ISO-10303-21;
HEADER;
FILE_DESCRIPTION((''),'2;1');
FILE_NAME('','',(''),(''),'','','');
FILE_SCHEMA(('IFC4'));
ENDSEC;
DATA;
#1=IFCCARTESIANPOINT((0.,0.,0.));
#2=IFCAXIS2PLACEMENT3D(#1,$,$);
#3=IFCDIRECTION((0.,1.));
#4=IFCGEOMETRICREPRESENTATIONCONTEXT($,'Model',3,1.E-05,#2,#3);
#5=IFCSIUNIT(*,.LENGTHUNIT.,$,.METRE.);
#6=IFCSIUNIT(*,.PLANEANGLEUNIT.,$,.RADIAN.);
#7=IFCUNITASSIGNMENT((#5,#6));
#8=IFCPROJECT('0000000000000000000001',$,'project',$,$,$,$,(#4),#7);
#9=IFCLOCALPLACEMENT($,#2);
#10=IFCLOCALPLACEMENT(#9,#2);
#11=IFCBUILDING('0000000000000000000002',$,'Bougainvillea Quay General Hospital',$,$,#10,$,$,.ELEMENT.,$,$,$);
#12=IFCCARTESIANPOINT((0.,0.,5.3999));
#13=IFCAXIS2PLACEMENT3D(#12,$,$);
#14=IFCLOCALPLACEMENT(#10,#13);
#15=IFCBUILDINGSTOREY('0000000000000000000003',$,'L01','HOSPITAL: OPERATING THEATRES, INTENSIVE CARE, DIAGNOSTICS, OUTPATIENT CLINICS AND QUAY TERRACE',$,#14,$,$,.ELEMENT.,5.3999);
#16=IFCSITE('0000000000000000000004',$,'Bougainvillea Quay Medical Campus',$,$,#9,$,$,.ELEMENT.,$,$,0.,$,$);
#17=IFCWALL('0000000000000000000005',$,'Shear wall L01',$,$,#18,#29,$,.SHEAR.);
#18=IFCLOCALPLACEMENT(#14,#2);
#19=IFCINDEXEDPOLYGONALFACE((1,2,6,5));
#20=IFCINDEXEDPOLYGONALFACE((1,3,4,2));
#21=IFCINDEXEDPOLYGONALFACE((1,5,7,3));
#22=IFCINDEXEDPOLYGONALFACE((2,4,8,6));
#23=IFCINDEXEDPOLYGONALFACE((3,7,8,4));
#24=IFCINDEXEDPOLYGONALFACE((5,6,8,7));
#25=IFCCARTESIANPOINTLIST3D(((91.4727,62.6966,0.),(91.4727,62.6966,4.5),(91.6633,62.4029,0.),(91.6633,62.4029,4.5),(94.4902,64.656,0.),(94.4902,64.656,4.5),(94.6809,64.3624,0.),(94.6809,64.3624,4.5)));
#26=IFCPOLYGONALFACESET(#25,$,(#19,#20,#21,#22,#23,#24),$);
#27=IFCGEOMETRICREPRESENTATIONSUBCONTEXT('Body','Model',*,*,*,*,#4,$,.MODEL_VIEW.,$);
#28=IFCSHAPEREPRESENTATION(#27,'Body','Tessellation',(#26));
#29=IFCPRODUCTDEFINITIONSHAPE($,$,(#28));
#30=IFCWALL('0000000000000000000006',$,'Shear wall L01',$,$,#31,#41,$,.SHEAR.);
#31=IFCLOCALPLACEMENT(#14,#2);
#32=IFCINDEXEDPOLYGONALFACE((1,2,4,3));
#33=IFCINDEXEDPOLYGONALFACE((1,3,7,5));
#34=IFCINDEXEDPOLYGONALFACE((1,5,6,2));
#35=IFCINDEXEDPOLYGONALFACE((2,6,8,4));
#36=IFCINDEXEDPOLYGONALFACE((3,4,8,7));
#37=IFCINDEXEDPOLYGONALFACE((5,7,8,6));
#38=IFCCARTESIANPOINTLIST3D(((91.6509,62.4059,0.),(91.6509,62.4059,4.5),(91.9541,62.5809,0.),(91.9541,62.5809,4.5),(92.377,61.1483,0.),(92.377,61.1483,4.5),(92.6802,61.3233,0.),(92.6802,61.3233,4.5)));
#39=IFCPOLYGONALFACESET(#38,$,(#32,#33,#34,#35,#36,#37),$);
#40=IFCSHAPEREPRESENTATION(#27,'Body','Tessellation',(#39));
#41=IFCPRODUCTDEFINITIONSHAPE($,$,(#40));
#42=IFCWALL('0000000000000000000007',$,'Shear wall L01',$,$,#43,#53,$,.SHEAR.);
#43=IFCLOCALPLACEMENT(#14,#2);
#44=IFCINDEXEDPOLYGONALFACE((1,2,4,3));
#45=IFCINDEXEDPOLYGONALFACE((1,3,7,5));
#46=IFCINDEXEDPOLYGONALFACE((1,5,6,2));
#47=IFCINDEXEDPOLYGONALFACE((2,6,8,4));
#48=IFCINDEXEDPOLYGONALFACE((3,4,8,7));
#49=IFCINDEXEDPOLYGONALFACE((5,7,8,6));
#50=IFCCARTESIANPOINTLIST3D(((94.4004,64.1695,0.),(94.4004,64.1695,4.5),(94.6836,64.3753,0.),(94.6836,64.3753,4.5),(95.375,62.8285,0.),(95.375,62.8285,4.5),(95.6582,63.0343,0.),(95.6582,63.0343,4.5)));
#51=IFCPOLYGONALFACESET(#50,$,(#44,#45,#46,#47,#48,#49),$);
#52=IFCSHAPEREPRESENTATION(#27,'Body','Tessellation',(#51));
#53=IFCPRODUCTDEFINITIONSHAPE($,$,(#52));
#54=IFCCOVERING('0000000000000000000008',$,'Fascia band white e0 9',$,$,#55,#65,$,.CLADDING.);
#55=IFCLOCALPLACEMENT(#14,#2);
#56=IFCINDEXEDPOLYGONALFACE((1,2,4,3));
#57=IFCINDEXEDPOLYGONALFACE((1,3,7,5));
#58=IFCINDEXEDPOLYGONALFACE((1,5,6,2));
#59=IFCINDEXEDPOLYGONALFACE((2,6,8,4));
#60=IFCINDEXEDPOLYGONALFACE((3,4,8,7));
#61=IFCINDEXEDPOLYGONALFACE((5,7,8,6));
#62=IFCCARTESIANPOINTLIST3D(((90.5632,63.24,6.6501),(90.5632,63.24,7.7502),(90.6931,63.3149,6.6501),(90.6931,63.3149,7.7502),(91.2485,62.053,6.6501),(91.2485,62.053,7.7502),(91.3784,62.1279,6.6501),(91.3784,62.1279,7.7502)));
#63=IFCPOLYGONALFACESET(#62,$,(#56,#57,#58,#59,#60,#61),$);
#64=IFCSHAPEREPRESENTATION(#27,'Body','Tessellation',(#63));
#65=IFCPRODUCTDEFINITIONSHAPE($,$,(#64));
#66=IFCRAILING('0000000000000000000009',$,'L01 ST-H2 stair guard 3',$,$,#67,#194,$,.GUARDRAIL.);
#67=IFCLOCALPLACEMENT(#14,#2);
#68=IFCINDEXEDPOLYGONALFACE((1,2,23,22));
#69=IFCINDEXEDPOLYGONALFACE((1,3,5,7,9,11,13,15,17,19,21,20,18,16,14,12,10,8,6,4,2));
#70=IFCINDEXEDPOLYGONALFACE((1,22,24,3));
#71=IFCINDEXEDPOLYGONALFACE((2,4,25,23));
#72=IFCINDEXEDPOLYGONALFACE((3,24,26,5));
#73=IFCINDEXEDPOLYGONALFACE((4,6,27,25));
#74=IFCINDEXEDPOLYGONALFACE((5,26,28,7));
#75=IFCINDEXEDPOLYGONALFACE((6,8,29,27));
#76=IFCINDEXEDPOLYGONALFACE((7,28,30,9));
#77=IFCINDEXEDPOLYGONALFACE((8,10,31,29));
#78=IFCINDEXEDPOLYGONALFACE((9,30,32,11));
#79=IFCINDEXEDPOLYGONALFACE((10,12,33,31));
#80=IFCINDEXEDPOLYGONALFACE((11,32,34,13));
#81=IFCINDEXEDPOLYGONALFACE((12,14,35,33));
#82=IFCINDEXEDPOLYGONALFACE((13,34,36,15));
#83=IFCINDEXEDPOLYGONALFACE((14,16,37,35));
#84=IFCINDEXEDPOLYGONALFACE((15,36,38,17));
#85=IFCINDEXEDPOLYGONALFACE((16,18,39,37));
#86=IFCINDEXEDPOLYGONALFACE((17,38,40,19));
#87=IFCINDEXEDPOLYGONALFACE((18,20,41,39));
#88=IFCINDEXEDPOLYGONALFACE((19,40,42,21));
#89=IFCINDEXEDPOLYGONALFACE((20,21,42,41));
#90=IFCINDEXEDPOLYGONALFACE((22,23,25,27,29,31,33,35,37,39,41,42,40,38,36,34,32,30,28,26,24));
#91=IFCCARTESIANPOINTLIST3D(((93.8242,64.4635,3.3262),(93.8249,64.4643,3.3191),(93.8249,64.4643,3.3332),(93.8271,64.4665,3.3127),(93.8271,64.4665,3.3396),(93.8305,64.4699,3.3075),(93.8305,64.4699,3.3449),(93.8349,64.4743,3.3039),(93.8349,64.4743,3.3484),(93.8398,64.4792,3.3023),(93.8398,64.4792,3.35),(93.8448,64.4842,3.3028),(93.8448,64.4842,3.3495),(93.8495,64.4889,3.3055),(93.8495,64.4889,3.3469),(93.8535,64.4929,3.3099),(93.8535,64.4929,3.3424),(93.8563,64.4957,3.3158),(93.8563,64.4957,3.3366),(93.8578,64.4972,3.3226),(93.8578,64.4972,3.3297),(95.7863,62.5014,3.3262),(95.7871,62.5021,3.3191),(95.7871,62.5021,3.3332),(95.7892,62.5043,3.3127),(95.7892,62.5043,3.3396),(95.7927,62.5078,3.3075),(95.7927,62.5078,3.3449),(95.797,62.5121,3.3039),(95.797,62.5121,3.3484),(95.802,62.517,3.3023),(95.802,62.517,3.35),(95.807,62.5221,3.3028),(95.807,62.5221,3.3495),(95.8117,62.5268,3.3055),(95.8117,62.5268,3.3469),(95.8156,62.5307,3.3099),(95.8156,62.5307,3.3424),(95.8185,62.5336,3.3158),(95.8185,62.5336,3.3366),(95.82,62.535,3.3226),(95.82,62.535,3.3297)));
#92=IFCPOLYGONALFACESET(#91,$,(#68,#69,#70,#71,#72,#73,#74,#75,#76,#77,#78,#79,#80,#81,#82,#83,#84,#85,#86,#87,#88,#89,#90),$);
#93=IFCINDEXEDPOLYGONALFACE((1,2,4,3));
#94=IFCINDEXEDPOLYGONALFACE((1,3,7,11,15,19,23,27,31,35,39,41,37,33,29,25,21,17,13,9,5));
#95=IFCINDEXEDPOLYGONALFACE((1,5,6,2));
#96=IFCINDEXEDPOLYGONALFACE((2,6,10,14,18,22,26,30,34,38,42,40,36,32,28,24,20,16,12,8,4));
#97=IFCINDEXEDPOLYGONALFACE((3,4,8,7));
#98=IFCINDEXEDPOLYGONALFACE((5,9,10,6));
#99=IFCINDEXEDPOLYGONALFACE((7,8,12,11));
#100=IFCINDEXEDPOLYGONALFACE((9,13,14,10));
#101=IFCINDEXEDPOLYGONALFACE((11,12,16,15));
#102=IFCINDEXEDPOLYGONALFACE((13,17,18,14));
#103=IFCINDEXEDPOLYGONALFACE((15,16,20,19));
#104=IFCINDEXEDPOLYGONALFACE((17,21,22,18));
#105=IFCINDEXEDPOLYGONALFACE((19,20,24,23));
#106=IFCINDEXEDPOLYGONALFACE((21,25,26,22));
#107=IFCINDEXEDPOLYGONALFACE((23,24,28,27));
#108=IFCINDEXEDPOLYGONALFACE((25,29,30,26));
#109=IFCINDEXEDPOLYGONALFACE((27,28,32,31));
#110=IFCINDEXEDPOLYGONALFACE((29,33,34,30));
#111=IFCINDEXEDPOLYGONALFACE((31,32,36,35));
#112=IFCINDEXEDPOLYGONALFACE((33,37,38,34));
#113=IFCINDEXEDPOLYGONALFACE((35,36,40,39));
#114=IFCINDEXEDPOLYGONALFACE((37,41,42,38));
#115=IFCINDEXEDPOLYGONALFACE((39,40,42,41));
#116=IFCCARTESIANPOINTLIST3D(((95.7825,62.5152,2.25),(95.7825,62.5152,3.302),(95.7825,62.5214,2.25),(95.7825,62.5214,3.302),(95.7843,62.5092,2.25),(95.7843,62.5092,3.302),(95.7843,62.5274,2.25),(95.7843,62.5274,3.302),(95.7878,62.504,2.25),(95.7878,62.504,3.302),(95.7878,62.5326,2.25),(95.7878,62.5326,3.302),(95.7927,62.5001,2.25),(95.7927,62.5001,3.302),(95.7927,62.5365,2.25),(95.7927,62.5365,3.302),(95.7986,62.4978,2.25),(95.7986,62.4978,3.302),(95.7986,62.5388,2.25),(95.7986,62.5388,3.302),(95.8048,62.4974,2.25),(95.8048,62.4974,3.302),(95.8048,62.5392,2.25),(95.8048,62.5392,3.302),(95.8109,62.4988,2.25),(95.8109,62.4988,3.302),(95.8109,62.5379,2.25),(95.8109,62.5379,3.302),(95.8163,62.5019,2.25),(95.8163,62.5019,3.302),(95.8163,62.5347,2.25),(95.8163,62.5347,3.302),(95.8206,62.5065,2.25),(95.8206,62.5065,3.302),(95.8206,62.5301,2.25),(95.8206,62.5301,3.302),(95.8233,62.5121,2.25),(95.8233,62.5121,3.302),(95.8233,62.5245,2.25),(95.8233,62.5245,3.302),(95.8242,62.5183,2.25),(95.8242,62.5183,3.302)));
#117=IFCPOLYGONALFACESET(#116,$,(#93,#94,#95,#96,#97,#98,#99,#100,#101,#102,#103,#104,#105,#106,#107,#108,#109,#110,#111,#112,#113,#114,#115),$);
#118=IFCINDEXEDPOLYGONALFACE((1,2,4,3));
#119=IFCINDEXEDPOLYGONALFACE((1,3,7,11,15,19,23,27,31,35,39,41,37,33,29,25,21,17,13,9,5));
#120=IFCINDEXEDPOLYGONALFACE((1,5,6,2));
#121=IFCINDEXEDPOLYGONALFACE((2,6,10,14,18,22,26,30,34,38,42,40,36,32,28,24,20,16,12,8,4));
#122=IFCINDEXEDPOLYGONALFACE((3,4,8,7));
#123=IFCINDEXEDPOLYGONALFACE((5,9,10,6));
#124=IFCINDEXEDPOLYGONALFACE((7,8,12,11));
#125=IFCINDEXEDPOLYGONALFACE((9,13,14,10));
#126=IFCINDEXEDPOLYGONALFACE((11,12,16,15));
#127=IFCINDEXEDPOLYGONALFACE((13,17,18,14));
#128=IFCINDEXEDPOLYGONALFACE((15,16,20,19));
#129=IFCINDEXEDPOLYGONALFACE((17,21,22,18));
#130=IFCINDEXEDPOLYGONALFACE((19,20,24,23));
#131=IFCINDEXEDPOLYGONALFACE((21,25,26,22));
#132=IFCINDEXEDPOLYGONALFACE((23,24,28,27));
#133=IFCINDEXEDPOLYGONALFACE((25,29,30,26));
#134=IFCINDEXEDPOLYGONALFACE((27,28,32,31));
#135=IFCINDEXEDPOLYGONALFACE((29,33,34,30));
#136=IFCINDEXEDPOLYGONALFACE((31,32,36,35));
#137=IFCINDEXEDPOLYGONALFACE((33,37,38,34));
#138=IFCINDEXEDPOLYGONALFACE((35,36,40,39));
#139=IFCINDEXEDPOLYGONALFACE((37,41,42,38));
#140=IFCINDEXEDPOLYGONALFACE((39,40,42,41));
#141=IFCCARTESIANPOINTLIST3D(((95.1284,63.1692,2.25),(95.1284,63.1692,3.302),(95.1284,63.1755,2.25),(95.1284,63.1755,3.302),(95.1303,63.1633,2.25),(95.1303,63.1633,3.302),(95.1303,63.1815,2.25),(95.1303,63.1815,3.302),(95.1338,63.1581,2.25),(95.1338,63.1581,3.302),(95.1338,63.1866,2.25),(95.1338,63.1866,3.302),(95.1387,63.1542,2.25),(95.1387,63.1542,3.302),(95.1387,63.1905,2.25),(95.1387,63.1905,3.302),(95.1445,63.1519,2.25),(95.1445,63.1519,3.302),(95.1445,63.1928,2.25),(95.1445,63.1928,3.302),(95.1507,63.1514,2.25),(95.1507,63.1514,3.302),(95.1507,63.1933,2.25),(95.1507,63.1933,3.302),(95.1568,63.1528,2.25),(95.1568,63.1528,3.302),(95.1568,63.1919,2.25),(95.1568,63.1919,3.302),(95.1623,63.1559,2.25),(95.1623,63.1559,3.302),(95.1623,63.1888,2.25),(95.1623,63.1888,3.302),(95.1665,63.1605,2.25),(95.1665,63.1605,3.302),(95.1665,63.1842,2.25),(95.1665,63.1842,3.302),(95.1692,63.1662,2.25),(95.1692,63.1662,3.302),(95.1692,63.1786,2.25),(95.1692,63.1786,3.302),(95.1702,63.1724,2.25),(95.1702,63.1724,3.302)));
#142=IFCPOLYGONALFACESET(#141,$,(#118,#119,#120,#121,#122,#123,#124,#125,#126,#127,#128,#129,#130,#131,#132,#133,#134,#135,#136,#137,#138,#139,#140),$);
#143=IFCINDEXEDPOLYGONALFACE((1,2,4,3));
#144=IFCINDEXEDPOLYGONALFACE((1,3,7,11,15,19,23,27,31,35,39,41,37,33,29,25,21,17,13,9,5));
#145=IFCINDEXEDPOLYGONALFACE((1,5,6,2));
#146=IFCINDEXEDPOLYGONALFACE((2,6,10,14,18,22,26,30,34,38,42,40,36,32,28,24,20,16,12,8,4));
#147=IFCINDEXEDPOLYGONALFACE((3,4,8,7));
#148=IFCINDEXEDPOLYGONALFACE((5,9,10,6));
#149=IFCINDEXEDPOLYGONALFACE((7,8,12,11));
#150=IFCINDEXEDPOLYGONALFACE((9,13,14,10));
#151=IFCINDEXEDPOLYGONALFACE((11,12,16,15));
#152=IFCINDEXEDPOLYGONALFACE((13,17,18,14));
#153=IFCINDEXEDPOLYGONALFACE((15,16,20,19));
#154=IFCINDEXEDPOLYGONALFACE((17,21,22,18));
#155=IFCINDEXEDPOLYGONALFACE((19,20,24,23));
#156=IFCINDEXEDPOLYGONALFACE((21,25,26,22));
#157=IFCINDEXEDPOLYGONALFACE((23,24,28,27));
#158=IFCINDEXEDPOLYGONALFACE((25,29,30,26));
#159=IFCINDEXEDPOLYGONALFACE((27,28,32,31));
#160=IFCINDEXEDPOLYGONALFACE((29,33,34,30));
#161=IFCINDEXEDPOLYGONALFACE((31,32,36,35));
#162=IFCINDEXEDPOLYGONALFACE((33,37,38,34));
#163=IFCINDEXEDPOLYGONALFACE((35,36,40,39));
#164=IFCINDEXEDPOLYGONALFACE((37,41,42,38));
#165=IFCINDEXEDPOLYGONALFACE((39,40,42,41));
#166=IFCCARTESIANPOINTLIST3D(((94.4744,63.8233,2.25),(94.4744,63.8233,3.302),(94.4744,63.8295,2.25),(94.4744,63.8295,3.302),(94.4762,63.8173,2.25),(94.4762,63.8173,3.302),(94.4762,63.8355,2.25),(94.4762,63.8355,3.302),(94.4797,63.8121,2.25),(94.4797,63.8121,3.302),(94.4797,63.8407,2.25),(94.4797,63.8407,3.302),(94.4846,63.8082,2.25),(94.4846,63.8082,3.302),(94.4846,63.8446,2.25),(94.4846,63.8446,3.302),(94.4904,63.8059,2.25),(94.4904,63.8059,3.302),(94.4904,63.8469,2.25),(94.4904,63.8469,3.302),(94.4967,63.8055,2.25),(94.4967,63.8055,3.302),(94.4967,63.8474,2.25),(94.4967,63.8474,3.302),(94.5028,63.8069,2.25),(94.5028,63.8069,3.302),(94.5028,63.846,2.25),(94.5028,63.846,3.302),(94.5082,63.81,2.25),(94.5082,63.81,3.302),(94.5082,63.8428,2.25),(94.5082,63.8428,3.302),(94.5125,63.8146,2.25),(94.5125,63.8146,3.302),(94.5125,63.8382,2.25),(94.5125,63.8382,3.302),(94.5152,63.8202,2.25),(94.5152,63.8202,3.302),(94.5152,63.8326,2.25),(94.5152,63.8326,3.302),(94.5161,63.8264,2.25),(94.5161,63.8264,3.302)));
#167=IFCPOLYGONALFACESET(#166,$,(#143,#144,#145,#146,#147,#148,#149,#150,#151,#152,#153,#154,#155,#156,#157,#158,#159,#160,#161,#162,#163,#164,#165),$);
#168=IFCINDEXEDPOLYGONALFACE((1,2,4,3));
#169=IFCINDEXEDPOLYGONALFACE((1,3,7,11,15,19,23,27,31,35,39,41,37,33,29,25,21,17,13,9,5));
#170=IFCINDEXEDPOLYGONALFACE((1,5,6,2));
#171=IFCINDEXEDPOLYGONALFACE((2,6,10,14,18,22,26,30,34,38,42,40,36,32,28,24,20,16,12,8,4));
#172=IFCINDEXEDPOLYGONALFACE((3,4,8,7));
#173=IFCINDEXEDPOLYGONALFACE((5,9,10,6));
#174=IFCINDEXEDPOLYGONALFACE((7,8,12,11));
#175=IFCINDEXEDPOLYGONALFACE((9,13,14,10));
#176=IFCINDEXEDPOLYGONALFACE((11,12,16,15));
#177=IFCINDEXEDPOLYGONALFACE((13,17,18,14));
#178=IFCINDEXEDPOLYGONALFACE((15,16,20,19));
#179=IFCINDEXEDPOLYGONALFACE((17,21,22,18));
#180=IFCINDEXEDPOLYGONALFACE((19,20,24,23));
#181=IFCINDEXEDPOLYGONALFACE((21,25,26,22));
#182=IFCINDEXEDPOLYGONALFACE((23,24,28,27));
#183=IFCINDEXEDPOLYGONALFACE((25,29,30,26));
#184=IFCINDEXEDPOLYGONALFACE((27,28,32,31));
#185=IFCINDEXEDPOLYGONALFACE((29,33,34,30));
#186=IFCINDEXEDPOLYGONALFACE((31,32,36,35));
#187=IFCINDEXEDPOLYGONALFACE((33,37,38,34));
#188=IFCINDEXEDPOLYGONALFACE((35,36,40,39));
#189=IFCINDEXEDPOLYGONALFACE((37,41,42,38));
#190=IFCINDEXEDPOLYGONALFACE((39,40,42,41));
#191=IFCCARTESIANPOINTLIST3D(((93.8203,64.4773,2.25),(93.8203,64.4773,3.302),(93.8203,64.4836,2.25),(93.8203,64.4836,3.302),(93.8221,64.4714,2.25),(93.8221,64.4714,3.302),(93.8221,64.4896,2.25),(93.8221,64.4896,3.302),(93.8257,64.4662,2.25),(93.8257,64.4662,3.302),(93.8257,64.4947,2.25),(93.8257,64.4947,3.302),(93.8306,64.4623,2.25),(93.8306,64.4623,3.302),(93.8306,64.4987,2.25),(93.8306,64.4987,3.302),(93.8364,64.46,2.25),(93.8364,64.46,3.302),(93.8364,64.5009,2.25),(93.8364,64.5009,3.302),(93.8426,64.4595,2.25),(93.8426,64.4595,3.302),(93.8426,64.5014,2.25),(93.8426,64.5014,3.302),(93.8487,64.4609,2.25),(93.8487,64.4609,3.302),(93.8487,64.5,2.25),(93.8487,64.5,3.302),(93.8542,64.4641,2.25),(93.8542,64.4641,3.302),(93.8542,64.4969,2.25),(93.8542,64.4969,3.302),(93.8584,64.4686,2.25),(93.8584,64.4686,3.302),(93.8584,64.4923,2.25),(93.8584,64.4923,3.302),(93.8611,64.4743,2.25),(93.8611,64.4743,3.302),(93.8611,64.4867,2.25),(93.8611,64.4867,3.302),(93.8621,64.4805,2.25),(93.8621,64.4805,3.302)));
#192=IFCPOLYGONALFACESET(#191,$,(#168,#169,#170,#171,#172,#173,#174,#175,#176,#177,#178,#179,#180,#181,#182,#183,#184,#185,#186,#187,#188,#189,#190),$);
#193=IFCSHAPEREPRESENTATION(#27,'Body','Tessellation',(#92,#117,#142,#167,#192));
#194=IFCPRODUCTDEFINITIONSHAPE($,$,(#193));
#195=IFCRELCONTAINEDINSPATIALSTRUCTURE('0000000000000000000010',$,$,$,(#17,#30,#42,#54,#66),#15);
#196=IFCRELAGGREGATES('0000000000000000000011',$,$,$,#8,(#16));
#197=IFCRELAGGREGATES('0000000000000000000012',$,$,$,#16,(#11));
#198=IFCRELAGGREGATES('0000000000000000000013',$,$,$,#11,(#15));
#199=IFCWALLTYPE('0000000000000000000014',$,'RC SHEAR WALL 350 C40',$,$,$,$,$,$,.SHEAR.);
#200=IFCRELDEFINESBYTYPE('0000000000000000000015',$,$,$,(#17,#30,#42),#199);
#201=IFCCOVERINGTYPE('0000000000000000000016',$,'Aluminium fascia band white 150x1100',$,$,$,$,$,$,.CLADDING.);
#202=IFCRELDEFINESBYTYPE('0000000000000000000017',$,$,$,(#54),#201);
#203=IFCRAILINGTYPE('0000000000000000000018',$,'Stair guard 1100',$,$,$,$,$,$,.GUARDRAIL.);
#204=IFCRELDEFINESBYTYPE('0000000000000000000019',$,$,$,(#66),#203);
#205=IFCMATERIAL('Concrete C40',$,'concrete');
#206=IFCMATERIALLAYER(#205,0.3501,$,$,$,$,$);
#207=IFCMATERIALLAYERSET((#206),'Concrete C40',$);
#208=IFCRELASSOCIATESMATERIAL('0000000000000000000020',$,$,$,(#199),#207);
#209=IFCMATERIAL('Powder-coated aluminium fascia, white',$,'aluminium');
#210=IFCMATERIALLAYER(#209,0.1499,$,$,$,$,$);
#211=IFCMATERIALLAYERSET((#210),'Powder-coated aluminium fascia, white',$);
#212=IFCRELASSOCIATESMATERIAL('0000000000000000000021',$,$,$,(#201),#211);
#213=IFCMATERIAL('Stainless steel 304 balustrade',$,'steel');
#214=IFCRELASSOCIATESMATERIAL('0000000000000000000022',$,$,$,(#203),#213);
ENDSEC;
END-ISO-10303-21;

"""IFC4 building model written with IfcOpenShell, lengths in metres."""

from ifc_helpers import new_model, si_unit, direction, frame, frame_2d, origin, origin_2d, place, context, subcontext, project, spatial, polyline, rectangle, circle, outline, extrude, material, layer, layer_set, type_object, element, save


model = new_model("IFC4")

# Units and contexts
model_context = context("Model", 3, precision=1e-05, world=origin(), true_north=direction((0.0, 1.0)))
body_context = subcontext(model_context, "Body", "Model", "MODEL_VIEW")
ifc_project = project(units=[si_unit("LENGTHUNIT", "METRE"), si_unit("PLANEANGLEUNIT", "RADIAN")], contexts=[model_context])

# Site, building, storey
site_placement = place(None, origin())
site = spatial("IfcSite", under=ifc_project, at=site_placement, Name="Bougainvillea Quay Medical Campus", CompositionType="ELEMENT", RefElevation=0.0)
building_placement = place(site_placement, origin())
building = spatial("IfcBuilding", under=site, at=building_placement, Name="Bougainvillea Quay General Hospital", CompositionType="ELEMENT")
storey_placement = place(building_placement, frame((0.0, 0.0, 5.3999)))
storey = spatial("IfcBuildingStorey", under=building, at=storey_placement, Name="L01", Description="HOSPITAL: OPERATING THEATRES, INTENSIVE CARE, DIAGNOSTICS, OUTPATIENT CLINICS AND QUAY TERRACE", CompositionType="ELEMENT", Elevation=5.3999)

# Walls
ifc_material_1 = material(Name="Concrete C40", Category="concrete")
ifc_layer_1 = layer(ifc_material_1, 0.3501)
ifc_layer_set_1 = layer_set([ifc_layer_1], Name="Concrete C40")
wall_type_1 = type_object("IfcWallType", Name="RC SHEAR WALL 350 C40", PredefinedType="SHEAR", material=ifc_layer_set_1)
wall_1_placement = place(storey_placement, frame((91.5681, 62.5498, 0.0), z_axis=(0.0, 0.0, 1.0), x_axis=(0.838692, 0.544607, 0.0)))
element("IfcWall", 1, at=wall_1_placement, inside=storey, type_object=wall_type_1, Name="Shear wall L01", PredefinedType="SHEAR", context=body_context, shape_type="SweptSolid", body=[
    extrude(rectangle(XDim=3.5979, YDim=0.3501, at=frame_2d((1.7988, 0.0))), origin(), (0.0, 0.0, 1.0), 4.5),
])
wall_2_placement = place(storey_placement, frame((91.8025, 62.4934, 0.0), z_axis=(0.0, 0.0, 1.0), x_axis=(0.500009, -0.86602, 0.0)))
element("IfcWall", 2, at=wall_2_placement, inside=storey, type_object=wall_type_1, Name="Shear wall L01", PredefinedType="SHEAR", context=body_context, shape_type="SweptSolid", body=[
    extrude(rectangle(XDim=1.4521, YDim=0.3501, at=frame_2d((0.7261, 0.0))), origin(), (0.0, 0.0, 1.0), 4.5),
])
wall_3_placement = place(storey_placement, frame((95.5166, 62.9314, 0.0), z_axis=(0.0, 0.0, 1.0), x_axis=(-0.587891, 0.80894, 0.0)))
element("IfcWall", 3, at=wall_3_placement, inside=storey, type_object=wall_type_1, Name="Shear wall L01", PredefinedType="SHEAR", context=body_context, shape_type="SweptSolid", body=[
    extrude(rectangle(XDim=1.6577, YDim=0.3501, at=frame_2d((0.8289, 0.0))), origin(), (0.0, 0.0, 1.0), 4.5),
])

# Covering
ifc_material_2 = material(Name="Powder-coated aluminium fascia, white", Category="aluminium")
ifc_layer_2 = layer(ifc_material_2, 0.1499)
ifc_layer_set_2 = layer_set([ifc_layer_2], Name="Powder-coated aluminium fascia, white")
covering_type = type_object("IfcCoveringType", Name="Aluminium fascia band white 150x1100", PredefinedType="CLADDING", material=ifc_layer_set_2)
covering_placement = place(storey_placement, frame((90.6931, 63.3149, 6.6501), z_axis=(0.0, 0.0, 1.0), x_axis=(0.49999, -0.866031, 0.0)))
element("IfcCovering", 4, at=covering_placement, inside=storey, type_object=covering_type, Name="Fascia band white e0 9", PredefinedType="CLADDING", context=body_context, shape_type="SweptSolid", body=[
    extrude(outline(polyline([(0.0, 0.0), (1.3706, 0.0), (1.3706, -0.15), (0.0, -0.15), (0.0, 0.0)])), origin(), (0.0, 0.0, 1.0), 1.1001),
])

# Railing
ifc_material_3 = material(Name="Stainless steel 304 balustrade", Category="steel")
railing_type = type_object("IfcRailingType", Name="Stair guard 1100", PredefinedType="GUARDRAIL", material=ifc_material_3)
railing_placement = place(storey_placement, frame((95.8032, 62.5183, 2.25)))
element("IfcRailing", 5, at=railing_placement, inside=storey, type_object=railing_type, Name="L01 ST-H2 stair guard 3", PredefinedType="GUARDRAIL", context=body_context, shape_type="SweptSolid", body=[
    extrude(circle(Radius=0.0239, at=origin_2d()), frame((0.0, 0.0, 1.0762), z_axis=(-0.707107, 0.707107, 0.0), x_axis=(-0.707107, -0.707107, 0.0)), (0.0, 0.0, 1.0), 2.7749),
    extrude(circle(Radius=0.021, at=origin_2d()), origin(), (0.0, 0.0, 1.0), 1.052),
    extrude(circle(Radius=0.021, at=origin_2d()), frame((-0.6541, 0.6541, 0.0)), (0.0, 0.0, 1.0), 1.052),
    extrude(circle(Radius=0.021, at=origin_2d()), frame((-1.3081, 1.3081, 0.0)), (0.0, 0.0, 1.0), 1.052),
    extrude(circle(Radius=0.021, at=origin_2d()), frame((-1.9622, 1.9622, 0.0)), (0.0, 0.0, 1.0), 1.052),
])

save(model, "model.ifc")
